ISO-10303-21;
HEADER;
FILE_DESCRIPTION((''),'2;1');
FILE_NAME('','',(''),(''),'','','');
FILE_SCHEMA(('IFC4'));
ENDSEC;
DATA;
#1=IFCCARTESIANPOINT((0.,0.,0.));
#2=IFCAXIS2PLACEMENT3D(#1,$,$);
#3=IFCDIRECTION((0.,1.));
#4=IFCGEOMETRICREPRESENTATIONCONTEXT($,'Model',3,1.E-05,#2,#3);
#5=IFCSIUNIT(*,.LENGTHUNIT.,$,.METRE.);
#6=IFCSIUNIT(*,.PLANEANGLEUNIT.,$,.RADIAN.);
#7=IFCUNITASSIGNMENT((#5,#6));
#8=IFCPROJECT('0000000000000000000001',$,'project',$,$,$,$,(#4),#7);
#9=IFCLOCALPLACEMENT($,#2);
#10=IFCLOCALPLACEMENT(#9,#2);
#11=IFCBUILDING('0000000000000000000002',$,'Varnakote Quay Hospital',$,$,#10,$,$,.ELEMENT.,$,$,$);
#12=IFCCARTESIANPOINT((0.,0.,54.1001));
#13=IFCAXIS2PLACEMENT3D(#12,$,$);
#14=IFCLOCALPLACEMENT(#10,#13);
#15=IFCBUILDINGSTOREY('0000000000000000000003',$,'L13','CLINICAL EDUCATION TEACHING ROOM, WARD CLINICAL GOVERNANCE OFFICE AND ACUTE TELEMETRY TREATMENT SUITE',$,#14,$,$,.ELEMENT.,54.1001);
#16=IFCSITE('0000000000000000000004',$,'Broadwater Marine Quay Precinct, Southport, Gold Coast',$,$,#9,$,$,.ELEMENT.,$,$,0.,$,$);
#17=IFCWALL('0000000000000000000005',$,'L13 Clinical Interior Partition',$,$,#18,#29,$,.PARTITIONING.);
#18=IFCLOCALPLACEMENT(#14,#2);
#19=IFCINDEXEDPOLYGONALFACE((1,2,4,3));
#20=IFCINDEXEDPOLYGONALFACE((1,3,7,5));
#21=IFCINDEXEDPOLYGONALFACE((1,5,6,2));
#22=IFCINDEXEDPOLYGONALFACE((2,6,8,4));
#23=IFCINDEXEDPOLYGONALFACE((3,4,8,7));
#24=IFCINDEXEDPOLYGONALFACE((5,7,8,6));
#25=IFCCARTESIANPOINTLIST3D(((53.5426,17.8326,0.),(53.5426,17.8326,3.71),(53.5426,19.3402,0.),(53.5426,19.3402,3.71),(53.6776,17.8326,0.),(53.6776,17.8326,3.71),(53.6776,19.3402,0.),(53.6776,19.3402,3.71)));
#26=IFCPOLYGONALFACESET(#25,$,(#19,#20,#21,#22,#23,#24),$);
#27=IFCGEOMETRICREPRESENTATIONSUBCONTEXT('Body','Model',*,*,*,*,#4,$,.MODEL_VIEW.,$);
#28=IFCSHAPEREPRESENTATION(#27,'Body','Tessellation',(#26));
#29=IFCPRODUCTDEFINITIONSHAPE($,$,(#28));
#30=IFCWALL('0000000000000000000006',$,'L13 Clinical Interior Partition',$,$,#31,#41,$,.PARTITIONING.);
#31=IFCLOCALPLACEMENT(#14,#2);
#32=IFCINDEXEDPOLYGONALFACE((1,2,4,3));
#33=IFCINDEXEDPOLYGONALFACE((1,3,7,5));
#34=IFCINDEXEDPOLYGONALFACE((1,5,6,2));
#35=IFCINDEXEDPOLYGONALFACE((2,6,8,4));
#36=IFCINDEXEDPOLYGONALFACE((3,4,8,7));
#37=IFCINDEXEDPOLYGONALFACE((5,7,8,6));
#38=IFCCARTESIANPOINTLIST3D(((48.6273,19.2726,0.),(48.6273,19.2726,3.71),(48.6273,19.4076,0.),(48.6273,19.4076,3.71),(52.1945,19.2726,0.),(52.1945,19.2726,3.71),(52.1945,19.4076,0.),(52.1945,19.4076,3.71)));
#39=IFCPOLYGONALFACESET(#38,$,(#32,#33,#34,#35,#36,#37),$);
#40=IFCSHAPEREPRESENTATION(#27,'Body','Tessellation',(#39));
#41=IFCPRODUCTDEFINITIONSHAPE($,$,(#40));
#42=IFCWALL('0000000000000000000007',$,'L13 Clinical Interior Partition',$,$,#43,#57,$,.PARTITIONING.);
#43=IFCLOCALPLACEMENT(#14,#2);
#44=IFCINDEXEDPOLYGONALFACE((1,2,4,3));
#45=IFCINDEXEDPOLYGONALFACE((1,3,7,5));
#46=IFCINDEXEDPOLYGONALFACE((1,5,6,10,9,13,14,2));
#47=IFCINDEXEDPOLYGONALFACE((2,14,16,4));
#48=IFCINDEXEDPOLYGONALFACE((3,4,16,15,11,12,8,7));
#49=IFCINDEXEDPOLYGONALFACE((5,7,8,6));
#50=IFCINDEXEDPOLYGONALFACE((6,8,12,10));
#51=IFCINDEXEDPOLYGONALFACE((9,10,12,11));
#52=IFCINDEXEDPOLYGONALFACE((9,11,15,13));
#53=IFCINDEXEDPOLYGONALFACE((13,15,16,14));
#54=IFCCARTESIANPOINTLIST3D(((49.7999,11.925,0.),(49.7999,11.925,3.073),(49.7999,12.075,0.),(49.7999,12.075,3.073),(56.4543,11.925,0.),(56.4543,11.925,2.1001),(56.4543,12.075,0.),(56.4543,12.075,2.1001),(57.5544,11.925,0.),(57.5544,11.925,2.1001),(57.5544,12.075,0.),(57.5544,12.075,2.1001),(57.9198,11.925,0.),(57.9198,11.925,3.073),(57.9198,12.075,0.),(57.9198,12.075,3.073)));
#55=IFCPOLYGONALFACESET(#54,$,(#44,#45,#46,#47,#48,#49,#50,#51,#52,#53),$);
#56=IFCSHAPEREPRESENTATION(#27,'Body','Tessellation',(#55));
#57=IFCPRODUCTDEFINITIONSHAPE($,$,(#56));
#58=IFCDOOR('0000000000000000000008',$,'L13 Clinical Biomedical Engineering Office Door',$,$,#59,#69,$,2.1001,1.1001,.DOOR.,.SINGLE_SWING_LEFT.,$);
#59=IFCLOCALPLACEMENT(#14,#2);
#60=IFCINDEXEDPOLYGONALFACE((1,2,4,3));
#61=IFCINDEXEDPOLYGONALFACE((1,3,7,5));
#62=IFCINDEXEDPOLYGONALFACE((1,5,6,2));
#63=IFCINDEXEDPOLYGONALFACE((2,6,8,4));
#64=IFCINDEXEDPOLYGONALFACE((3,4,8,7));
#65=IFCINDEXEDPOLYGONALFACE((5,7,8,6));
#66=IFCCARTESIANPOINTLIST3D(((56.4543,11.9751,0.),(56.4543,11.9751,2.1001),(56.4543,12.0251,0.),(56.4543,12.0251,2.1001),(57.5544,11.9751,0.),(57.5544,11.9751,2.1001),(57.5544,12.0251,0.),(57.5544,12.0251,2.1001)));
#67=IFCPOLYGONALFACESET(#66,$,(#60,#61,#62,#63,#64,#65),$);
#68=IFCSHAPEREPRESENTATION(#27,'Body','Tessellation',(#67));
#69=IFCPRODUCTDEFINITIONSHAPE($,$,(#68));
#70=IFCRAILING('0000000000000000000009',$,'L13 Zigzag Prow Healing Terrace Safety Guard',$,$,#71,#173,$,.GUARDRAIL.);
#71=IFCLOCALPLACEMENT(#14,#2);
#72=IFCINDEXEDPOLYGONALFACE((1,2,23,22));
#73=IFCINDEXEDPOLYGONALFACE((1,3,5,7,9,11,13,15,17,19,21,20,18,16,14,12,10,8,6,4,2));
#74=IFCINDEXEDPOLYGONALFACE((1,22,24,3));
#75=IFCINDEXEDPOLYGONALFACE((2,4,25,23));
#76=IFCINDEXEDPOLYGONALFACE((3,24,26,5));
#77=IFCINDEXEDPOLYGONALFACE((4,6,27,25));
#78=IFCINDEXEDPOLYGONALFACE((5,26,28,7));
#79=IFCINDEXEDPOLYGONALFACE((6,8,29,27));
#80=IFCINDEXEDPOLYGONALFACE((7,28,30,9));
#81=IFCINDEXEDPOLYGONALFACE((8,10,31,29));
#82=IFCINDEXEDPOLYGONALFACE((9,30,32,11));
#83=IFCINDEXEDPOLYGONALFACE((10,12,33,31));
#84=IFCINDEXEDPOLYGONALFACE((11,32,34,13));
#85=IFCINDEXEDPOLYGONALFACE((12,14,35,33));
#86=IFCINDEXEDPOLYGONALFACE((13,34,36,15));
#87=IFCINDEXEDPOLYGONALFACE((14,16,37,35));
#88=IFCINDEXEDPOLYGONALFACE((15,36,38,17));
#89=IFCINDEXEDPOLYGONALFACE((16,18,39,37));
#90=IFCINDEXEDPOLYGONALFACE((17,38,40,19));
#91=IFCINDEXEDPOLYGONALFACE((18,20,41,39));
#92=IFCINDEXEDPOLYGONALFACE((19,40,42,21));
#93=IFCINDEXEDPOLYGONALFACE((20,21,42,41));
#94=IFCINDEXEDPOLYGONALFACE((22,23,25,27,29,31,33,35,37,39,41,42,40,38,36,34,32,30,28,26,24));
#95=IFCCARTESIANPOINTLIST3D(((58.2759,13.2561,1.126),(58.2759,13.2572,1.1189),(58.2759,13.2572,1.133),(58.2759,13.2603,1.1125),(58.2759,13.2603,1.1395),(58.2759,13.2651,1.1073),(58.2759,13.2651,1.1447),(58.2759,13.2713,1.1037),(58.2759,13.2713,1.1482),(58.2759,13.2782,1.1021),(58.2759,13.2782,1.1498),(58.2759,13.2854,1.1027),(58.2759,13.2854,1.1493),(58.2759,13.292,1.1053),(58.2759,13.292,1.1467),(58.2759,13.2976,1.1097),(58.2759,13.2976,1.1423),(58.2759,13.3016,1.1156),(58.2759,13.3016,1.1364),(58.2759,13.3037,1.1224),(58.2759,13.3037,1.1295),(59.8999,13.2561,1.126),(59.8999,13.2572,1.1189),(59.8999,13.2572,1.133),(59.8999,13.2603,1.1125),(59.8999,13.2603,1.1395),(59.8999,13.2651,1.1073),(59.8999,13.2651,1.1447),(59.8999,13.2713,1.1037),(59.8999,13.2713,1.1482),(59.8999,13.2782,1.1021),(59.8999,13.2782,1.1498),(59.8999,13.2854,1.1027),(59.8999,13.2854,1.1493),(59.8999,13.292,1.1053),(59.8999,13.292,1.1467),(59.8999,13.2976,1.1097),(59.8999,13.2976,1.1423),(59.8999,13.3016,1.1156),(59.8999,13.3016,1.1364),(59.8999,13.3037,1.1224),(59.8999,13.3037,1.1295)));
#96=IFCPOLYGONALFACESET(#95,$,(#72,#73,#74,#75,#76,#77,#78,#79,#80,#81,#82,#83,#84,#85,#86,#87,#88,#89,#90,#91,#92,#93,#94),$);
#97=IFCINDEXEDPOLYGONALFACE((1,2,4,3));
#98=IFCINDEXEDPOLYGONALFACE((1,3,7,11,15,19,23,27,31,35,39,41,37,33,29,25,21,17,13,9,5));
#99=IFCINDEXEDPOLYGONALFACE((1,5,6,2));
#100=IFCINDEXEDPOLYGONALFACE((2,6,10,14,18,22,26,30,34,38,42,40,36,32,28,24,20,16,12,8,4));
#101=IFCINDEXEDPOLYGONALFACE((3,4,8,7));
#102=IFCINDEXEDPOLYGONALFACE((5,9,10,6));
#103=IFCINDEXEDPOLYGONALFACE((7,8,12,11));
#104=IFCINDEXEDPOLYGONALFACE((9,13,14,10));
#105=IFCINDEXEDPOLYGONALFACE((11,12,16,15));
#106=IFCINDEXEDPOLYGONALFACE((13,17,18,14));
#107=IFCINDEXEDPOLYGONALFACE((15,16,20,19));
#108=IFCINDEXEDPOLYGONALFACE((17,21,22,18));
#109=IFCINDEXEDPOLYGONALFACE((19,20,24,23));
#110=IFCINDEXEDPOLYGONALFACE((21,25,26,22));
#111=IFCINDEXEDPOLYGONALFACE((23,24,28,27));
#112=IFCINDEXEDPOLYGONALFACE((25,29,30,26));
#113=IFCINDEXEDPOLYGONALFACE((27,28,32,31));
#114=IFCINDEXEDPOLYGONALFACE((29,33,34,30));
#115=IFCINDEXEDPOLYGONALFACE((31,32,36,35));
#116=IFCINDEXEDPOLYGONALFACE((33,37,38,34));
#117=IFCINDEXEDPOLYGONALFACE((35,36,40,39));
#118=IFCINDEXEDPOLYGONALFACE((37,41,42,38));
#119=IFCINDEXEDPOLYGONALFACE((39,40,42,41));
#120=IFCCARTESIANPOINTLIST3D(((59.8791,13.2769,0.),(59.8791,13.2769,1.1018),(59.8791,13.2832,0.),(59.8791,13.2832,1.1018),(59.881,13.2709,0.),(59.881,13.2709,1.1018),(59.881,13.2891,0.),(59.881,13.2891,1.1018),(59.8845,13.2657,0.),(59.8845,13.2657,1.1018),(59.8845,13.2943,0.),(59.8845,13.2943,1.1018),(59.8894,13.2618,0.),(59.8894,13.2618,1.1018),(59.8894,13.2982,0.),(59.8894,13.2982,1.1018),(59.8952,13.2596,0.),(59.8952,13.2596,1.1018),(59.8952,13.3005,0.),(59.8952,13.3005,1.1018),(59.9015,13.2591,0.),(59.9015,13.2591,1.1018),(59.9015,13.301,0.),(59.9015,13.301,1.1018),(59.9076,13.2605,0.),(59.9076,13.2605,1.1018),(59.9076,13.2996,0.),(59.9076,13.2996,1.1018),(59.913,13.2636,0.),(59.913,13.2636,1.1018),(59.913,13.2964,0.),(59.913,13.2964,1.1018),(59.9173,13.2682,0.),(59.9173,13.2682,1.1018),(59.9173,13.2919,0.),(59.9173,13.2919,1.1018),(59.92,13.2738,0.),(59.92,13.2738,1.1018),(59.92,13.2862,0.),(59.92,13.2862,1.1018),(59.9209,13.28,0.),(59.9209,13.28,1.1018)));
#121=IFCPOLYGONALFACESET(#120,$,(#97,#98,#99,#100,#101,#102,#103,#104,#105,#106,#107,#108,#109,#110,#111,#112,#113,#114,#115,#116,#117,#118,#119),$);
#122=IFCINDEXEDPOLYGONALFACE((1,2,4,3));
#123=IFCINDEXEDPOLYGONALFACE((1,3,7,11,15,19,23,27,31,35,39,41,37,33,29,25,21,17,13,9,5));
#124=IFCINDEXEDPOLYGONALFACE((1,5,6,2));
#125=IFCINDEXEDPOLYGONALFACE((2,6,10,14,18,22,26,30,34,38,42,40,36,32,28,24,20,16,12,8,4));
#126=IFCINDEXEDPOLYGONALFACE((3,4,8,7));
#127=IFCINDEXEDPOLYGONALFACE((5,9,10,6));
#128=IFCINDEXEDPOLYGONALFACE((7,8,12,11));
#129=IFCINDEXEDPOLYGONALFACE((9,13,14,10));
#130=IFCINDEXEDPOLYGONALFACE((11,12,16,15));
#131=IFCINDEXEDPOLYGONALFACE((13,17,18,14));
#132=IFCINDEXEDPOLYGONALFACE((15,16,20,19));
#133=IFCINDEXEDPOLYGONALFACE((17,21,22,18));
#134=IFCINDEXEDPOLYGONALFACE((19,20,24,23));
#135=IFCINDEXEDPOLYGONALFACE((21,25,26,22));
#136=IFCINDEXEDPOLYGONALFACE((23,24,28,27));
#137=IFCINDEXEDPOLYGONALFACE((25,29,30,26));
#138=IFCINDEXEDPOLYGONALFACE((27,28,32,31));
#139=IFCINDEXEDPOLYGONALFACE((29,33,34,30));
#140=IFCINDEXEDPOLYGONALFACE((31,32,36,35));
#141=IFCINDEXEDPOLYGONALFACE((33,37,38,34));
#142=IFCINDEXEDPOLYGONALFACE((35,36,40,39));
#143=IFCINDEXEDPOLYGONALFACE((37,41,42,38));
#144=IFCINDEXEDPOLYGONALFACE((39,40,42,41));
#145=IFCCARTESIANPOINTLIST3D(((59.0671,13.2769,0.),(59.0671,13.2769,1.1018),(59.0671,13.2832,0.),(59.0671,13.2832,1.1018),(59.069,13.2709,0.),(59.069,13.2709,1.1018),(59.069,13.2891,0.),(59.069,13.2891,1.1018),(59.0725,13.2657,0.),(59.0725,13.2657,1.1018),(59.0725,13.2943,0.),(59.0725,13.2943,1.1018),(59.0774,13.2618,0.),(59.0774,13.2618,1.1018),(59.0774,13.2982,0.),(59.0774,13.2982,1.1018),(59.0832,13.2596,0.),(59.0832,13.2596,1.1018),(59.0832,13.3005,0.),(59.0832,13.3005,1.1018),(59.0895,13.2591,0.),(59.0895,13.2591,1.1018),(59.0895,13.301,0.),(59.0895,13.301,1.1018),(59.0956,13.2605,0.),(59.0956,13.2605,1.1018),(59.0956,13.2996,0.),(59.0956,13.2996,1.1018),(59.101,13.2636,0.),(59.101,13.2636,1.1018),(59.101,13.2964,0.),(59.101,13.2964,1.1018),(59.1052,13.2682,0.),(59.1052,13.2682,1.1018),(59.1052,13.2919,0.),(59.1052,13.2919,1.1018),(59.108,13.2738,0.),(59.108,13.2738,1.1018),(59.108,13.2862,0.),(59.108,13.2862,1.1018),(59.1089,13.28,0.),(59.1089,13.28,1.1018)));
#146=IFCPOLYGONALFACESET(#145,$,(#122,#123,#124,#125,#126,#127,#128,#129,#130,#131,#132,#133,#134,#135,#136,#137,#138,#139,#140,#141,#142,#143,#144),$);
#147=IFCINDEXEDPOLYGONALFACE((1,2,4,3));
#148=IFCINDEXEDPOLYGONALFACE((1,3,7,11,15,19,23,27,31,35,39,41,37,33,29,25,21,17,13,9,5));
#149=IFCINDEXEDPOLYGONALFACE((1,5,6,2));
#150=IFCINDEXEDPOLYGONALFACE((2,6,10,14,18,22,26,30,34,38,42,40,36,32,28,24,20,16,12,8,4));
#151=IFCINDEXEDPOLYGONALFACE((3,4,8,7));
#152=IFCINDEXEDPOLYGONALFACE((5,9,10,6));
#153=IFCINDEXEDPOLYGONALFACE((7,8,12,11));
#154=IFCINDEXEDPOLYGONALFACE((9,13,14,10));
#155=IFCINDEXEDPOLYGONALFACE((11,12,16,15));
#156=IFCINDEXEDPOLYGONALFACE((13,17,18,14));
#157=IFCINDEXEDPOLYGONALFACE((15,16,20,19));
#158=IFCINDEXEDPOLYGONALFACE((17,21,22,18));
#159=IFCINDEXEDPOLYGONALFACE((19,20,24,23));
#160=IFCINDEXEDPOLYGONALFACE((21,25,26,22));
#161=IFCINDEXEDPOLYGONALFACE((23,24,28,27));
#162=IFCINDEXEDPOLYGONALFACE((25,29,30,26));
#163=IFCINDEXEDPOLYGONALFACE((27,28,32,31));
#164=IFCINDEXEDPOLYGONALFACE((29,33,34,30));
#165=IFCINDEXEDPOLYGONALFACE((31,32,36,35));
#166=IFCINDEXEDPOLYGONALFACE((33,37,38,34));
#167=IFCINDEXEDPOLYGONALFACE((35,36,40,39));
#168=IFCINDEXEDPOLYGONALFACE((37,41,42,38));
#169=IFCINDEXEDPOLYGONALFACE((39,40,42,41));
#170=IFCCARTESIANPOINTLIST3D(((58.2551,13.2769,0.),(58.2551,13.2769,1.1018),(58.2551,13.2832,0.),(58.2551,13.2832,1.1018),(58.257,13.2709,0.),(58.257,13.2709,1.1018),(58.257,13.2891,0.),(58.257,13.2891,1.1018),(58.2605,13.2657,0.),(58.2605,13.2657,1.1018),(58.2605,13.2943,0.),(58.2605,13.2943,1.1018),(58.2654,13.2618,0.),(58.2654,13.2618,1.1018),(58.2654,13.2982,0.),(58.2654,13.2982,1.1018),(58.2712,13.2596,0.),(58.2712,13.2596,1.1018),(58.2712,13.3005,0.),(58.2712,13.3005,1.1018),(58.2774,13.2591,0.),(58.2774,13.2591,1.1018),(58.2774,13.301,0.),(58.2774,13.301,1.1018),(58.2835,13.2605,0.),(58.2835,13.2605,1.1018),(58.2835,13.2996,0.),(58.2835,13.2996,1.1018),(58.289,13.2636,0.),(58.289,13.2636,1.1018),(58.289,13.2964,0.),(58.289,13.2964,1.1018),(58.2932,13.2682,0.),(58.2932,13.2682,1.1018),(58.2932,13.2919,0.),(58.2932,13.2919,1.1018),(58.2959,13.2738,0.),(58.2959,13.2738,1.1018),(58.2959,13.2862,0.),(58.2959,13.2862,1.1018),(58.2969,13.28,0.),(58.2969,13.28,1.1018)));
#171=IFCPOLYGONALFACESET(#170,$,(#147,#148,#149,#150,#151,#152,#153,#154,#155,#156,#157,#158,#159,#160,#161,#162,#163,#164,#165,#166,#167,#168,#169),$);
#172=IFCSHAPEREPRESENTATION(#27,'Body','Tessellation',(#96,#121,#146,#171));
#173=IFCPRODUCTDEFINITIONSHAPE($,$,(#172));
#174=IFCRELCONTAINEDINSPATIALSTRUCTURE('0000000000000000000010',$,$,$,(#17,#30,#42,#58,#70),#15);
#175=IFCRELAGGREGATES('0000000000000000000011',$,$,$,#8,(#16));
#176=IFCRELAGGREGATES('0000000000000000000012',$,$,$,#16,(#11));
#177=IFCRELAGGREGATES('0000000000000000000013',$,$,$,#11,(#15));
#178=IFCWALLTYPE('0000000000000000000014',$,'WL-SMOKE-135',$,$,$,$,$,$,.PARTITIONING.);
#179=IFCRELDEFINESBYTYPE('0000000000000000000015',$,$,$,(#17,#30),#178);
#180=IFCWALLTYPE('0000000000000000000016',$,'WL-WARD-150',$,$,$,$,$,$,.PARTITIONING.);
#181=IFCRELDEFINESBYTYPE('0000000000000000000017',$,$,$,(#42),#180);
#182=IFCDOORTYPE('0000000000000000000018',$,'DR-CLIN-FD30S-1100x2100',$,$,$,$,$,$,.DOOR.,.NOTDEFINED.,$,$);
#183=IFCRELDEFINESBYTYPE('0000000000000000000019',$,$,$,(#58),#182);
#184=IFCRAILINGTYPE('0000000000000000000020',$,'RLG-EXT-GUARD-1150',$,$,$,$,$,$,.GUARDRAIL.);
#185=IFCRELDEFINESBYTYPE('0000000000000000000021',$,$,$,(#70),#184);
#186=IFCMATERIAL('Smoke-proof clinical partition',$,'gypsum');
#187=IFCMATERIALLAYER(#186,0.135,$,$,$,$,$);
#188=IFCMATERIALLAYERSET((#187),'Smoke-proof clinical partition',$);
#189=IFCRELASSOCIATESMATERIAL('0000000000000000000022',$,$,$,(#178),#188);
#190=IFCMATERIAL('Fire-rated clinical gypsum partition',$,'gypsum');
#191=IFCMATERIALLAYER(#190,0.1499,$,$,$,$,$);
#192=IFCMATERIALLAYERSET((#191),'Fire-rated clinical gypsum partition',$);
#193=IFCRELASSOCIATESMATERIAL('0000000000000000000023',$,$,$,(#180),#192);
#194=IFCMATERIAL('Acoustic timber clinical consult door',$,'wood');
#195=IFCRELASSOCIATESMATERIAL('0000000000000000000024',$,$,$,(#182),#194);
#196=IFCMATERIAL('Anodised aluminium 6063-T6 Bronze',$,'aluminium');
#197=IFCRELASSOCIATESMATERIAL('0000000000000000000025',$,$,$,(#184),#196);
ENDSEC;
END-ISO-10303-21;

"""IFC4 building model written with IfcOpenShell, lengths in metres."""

from ifc_helpers import new_model, si_unit, direction, frame, frame_2d, origin, origin_2d, place, context, subcontext, project, spatial, rectangle, circle, extrude, material, layer, layer_set, type_object, element, fill, save


model = new_model("IFC4")

# Units and contexts
model_context = context("Model", 3, precision=1e-05, world=origin(), true_north=direction((0.0, 1.0)))
body_context = subcontext(model_context, "Body", "Model", "MODEL_VIEW")
ifc_project = project(units=[si_unit("LENGTHUNIT", "METRE"), si_unit("PLANEANGLEUNIT", "RADIAN")], contexts=[model_context])

# Site, building, storey
site_placement = place(None, origin())
site = spatial("IfcSite", under=ifc_project, at=site_placement, Name="Broadwater Marine Quay Precinct, Southport, Gold Coast", CompositionType="ELEMENT", RefElevation=0.0)
building_placement = place(site_placement, origin())
building = spatial("IfcBuilding", under=site, at=building_placement, Name="Varnakote Quay Hospital", CompositionType="ELEMENT")
storey_placement = place(building_placement, frame((0.0, 0.0, 54.1001)))
storey = spatial("IfcBuildingStorey", under=building, at=storey_placement, Name="L13", Description="CLINICAL EDUCATION TEACHING ROOM, WARD CLINICAL GOVERNANCE OFFICE AND ACUTE TELEMETRY TREATMENT SUITE", CompositionType="ELEMENT", Elevation=54.1001)

# Walls
ifc_material_1 = material(Name="Smoke-proof clinical partition", Category="gypsum")
ifc_layer_1 = layer(ifc_material_1, 0.135)
ifc_layer_set_1 = layer_set([ifc_layer_1], Name="Smoke-proof clinical partition")
wall_type_1 = type_object("IfcWallType", Name="WL-SMOKE-135", PredefinedType="PARTITIONING", material=ifc_layer_set_1)
wall_1_placement = place(storey_placement, frame((53.6101, 17.8325, 0.0), z_axis=(0.0, 0.0, 1.0), x_axis=(0.0, 1.0, 0.0)))
element("IfcWall", 1, at=wall_1_placement, inside=storey, type_object=wall_type_1, Name="L13 Clinical Interior Partition", PredefinedType="PARTITIONING", context=body_context, shape_type="SweptSolid", body=[
    extrude(rectangle(XDim=1.5076, YDim=0.135, at=frame_2d((0.7539, 0.0))), origin(), (0.0, 0.0, 1.0), 3.71),
])
wall_2_placement = place(storey_placement, frame((52.1946, 19.3401, 0.0), z_axis=(0.0, 0.0, 1.0), x_axis=(-1.0, 0.0, 0.0)))
element("IfcWall", 2, at=wall_2_placement, inside=storey, type_object=wall_type_1, Name="L13 Clinical Interior Partition", PredefinedType="PARTITIONING", context=body_context, shape_type="SweptSolid", body=[
    extrude(rectangle(XDim=3.5671, YDim=0.135, at=frame_2d((1.7837, 0.0))), origin(), (0.0, 0.0, 1.0), 3.71),
])

# Wall, opening, door
ifc_material_2 = material(Name="Fire-rated clinical gypsum partition", Category="gypsum")
ifc_layer_2 = layer(ifc_material_2, 0.1499)
ifc_layer_set_2 = layer_set([ifc_layer_2], Name="Fire-rated clinical gypsum partition")
wall_type_2 = type_object("IfcWallType", Name="WL-WARD-150", PredefinedType="PARTITIONING", material=ifc_layer_set_2)
wall_3_placement = place(storey_placement, frame((57.9199, 12.0, 0.0), z_axis=(0.0, 0.0, 1.0), x_axis=(-1.0, 0.0, 0.0)))
wall_3 = element("IfcWall", 3, at=wall_3_placement, inside=storey, type_object=wall_type_2, Name="L13 Clinical Interior Partition", PredefinedType="PARTITIONING", context=body_context, shape_type="SweptSolid", body=[
    extrude(rectangle(XDim=8.1199, YDim=0.1499, at=frame_2d((4.0601, 0.0))), origin(), (0.0, 0.0, 1.0), 3.073),
])
opening_1_placement = place(wall_3_placement, frame((0.3655, 0.0, 0.0)))
opening_1 = element("IfcOpeningElement", 4, at=opening_1_placement, cuts=wall_3, PredefinedType="OPENING", context=body_context, shape_type="SweptSolid", body=[
    extrude(rectangle(XDim=1.1001, YDim=2.1001, at=frame_2d((0.55, 1.05))), frame((0.0, 0.085, 0.0), z_axis=(0.0, -1.0, 0.0), x_axis=(1.0, 0.0, 0.0)), (0.0, 0.0, 1.0), 0.1699),
])
ifc_material_3 = material(Name="Acoustic timber clinical consult door", Category="wood")
door_type_1 = type_object("IfcDoorType", Name="DR-CLIN-FD30S-1100x2100", OperationType="NOTDEFINED", PredefinedType="DOOR", material=ifc_material_3)
door_1_placement = place(opening_1_placement, origin())
door_1 = element("IfcDoor", 5, at=door_1_placement, inside=storey, type_object=door_type_1, Name="L13 Clinical Biomedical Engineering Office Door", OperationType="SINGLE_SWING_LEFT", OverallHeight=2.1001, OverallWidth=1.1001, PredefinedType="DOOR", context=body_context, shape_type="SweptSolid", body=[
    extrude(rectangle(XDim=1.1001, YDim=2.1001, at=frame_2d((0.55, 1.05))), frame((0.0, 0.0249, 0.0), z_axis=(0.0, -1.0, 0.0), x_axis=(1.0, 0.0, 0.0)), (0.0, 0.0, 1.0), 0.05),
])
fill(opening_1, door_1)

# Railing
ifc_material_4 = material(Name="Anodised aluminium 6063-T6 Bronze", Category="aluminium")
railing_type = type_object("IfcRailingType", Name="RLG-EXT-GUARD-1150", PredefinedType="GUARDRAIL", material=ifc_material_4)
railing_1_placement = place(storey_placement, frame((59.8999, 13.28, 0.0)))
element("IfcRailing", 6, at=railing_1_placement, inside=storey, type_object=railing_type, Name="L13 Zigzag Prow Healing Terrace Safety Guard", PredefinedType="GUARDRAIL", context=body_context, shape_type="SweptSolid", body=[
    extrude(circle(Radius=0.0239, at=origin_2d()), frame((0.0, 0.0, 1.126), z_axis=(-1.0, 0.0, 0.0), x_axis=(0.0, -1.0, 0.0)), (0.0, 0.0, 1.0), 1.624),
    extrude(circle(Radius=0.021, at=origin_2d()), origin(), (0.0, 0.0, 1.0), 1.1018),
    extrude(circle(Radius=0.021, at=origin_2d()), frame((-0.812, 0.0, 0.0)), (0.0, 0.0, 1.0), 1.1018),
    extrude(circle(Radius=0.021, at=origin_2d()), frame((-1.624, 0.0, 0.0)), (0.0, 0.0, 1.0), 1.1018),
])

save(model, "model.ifc")
